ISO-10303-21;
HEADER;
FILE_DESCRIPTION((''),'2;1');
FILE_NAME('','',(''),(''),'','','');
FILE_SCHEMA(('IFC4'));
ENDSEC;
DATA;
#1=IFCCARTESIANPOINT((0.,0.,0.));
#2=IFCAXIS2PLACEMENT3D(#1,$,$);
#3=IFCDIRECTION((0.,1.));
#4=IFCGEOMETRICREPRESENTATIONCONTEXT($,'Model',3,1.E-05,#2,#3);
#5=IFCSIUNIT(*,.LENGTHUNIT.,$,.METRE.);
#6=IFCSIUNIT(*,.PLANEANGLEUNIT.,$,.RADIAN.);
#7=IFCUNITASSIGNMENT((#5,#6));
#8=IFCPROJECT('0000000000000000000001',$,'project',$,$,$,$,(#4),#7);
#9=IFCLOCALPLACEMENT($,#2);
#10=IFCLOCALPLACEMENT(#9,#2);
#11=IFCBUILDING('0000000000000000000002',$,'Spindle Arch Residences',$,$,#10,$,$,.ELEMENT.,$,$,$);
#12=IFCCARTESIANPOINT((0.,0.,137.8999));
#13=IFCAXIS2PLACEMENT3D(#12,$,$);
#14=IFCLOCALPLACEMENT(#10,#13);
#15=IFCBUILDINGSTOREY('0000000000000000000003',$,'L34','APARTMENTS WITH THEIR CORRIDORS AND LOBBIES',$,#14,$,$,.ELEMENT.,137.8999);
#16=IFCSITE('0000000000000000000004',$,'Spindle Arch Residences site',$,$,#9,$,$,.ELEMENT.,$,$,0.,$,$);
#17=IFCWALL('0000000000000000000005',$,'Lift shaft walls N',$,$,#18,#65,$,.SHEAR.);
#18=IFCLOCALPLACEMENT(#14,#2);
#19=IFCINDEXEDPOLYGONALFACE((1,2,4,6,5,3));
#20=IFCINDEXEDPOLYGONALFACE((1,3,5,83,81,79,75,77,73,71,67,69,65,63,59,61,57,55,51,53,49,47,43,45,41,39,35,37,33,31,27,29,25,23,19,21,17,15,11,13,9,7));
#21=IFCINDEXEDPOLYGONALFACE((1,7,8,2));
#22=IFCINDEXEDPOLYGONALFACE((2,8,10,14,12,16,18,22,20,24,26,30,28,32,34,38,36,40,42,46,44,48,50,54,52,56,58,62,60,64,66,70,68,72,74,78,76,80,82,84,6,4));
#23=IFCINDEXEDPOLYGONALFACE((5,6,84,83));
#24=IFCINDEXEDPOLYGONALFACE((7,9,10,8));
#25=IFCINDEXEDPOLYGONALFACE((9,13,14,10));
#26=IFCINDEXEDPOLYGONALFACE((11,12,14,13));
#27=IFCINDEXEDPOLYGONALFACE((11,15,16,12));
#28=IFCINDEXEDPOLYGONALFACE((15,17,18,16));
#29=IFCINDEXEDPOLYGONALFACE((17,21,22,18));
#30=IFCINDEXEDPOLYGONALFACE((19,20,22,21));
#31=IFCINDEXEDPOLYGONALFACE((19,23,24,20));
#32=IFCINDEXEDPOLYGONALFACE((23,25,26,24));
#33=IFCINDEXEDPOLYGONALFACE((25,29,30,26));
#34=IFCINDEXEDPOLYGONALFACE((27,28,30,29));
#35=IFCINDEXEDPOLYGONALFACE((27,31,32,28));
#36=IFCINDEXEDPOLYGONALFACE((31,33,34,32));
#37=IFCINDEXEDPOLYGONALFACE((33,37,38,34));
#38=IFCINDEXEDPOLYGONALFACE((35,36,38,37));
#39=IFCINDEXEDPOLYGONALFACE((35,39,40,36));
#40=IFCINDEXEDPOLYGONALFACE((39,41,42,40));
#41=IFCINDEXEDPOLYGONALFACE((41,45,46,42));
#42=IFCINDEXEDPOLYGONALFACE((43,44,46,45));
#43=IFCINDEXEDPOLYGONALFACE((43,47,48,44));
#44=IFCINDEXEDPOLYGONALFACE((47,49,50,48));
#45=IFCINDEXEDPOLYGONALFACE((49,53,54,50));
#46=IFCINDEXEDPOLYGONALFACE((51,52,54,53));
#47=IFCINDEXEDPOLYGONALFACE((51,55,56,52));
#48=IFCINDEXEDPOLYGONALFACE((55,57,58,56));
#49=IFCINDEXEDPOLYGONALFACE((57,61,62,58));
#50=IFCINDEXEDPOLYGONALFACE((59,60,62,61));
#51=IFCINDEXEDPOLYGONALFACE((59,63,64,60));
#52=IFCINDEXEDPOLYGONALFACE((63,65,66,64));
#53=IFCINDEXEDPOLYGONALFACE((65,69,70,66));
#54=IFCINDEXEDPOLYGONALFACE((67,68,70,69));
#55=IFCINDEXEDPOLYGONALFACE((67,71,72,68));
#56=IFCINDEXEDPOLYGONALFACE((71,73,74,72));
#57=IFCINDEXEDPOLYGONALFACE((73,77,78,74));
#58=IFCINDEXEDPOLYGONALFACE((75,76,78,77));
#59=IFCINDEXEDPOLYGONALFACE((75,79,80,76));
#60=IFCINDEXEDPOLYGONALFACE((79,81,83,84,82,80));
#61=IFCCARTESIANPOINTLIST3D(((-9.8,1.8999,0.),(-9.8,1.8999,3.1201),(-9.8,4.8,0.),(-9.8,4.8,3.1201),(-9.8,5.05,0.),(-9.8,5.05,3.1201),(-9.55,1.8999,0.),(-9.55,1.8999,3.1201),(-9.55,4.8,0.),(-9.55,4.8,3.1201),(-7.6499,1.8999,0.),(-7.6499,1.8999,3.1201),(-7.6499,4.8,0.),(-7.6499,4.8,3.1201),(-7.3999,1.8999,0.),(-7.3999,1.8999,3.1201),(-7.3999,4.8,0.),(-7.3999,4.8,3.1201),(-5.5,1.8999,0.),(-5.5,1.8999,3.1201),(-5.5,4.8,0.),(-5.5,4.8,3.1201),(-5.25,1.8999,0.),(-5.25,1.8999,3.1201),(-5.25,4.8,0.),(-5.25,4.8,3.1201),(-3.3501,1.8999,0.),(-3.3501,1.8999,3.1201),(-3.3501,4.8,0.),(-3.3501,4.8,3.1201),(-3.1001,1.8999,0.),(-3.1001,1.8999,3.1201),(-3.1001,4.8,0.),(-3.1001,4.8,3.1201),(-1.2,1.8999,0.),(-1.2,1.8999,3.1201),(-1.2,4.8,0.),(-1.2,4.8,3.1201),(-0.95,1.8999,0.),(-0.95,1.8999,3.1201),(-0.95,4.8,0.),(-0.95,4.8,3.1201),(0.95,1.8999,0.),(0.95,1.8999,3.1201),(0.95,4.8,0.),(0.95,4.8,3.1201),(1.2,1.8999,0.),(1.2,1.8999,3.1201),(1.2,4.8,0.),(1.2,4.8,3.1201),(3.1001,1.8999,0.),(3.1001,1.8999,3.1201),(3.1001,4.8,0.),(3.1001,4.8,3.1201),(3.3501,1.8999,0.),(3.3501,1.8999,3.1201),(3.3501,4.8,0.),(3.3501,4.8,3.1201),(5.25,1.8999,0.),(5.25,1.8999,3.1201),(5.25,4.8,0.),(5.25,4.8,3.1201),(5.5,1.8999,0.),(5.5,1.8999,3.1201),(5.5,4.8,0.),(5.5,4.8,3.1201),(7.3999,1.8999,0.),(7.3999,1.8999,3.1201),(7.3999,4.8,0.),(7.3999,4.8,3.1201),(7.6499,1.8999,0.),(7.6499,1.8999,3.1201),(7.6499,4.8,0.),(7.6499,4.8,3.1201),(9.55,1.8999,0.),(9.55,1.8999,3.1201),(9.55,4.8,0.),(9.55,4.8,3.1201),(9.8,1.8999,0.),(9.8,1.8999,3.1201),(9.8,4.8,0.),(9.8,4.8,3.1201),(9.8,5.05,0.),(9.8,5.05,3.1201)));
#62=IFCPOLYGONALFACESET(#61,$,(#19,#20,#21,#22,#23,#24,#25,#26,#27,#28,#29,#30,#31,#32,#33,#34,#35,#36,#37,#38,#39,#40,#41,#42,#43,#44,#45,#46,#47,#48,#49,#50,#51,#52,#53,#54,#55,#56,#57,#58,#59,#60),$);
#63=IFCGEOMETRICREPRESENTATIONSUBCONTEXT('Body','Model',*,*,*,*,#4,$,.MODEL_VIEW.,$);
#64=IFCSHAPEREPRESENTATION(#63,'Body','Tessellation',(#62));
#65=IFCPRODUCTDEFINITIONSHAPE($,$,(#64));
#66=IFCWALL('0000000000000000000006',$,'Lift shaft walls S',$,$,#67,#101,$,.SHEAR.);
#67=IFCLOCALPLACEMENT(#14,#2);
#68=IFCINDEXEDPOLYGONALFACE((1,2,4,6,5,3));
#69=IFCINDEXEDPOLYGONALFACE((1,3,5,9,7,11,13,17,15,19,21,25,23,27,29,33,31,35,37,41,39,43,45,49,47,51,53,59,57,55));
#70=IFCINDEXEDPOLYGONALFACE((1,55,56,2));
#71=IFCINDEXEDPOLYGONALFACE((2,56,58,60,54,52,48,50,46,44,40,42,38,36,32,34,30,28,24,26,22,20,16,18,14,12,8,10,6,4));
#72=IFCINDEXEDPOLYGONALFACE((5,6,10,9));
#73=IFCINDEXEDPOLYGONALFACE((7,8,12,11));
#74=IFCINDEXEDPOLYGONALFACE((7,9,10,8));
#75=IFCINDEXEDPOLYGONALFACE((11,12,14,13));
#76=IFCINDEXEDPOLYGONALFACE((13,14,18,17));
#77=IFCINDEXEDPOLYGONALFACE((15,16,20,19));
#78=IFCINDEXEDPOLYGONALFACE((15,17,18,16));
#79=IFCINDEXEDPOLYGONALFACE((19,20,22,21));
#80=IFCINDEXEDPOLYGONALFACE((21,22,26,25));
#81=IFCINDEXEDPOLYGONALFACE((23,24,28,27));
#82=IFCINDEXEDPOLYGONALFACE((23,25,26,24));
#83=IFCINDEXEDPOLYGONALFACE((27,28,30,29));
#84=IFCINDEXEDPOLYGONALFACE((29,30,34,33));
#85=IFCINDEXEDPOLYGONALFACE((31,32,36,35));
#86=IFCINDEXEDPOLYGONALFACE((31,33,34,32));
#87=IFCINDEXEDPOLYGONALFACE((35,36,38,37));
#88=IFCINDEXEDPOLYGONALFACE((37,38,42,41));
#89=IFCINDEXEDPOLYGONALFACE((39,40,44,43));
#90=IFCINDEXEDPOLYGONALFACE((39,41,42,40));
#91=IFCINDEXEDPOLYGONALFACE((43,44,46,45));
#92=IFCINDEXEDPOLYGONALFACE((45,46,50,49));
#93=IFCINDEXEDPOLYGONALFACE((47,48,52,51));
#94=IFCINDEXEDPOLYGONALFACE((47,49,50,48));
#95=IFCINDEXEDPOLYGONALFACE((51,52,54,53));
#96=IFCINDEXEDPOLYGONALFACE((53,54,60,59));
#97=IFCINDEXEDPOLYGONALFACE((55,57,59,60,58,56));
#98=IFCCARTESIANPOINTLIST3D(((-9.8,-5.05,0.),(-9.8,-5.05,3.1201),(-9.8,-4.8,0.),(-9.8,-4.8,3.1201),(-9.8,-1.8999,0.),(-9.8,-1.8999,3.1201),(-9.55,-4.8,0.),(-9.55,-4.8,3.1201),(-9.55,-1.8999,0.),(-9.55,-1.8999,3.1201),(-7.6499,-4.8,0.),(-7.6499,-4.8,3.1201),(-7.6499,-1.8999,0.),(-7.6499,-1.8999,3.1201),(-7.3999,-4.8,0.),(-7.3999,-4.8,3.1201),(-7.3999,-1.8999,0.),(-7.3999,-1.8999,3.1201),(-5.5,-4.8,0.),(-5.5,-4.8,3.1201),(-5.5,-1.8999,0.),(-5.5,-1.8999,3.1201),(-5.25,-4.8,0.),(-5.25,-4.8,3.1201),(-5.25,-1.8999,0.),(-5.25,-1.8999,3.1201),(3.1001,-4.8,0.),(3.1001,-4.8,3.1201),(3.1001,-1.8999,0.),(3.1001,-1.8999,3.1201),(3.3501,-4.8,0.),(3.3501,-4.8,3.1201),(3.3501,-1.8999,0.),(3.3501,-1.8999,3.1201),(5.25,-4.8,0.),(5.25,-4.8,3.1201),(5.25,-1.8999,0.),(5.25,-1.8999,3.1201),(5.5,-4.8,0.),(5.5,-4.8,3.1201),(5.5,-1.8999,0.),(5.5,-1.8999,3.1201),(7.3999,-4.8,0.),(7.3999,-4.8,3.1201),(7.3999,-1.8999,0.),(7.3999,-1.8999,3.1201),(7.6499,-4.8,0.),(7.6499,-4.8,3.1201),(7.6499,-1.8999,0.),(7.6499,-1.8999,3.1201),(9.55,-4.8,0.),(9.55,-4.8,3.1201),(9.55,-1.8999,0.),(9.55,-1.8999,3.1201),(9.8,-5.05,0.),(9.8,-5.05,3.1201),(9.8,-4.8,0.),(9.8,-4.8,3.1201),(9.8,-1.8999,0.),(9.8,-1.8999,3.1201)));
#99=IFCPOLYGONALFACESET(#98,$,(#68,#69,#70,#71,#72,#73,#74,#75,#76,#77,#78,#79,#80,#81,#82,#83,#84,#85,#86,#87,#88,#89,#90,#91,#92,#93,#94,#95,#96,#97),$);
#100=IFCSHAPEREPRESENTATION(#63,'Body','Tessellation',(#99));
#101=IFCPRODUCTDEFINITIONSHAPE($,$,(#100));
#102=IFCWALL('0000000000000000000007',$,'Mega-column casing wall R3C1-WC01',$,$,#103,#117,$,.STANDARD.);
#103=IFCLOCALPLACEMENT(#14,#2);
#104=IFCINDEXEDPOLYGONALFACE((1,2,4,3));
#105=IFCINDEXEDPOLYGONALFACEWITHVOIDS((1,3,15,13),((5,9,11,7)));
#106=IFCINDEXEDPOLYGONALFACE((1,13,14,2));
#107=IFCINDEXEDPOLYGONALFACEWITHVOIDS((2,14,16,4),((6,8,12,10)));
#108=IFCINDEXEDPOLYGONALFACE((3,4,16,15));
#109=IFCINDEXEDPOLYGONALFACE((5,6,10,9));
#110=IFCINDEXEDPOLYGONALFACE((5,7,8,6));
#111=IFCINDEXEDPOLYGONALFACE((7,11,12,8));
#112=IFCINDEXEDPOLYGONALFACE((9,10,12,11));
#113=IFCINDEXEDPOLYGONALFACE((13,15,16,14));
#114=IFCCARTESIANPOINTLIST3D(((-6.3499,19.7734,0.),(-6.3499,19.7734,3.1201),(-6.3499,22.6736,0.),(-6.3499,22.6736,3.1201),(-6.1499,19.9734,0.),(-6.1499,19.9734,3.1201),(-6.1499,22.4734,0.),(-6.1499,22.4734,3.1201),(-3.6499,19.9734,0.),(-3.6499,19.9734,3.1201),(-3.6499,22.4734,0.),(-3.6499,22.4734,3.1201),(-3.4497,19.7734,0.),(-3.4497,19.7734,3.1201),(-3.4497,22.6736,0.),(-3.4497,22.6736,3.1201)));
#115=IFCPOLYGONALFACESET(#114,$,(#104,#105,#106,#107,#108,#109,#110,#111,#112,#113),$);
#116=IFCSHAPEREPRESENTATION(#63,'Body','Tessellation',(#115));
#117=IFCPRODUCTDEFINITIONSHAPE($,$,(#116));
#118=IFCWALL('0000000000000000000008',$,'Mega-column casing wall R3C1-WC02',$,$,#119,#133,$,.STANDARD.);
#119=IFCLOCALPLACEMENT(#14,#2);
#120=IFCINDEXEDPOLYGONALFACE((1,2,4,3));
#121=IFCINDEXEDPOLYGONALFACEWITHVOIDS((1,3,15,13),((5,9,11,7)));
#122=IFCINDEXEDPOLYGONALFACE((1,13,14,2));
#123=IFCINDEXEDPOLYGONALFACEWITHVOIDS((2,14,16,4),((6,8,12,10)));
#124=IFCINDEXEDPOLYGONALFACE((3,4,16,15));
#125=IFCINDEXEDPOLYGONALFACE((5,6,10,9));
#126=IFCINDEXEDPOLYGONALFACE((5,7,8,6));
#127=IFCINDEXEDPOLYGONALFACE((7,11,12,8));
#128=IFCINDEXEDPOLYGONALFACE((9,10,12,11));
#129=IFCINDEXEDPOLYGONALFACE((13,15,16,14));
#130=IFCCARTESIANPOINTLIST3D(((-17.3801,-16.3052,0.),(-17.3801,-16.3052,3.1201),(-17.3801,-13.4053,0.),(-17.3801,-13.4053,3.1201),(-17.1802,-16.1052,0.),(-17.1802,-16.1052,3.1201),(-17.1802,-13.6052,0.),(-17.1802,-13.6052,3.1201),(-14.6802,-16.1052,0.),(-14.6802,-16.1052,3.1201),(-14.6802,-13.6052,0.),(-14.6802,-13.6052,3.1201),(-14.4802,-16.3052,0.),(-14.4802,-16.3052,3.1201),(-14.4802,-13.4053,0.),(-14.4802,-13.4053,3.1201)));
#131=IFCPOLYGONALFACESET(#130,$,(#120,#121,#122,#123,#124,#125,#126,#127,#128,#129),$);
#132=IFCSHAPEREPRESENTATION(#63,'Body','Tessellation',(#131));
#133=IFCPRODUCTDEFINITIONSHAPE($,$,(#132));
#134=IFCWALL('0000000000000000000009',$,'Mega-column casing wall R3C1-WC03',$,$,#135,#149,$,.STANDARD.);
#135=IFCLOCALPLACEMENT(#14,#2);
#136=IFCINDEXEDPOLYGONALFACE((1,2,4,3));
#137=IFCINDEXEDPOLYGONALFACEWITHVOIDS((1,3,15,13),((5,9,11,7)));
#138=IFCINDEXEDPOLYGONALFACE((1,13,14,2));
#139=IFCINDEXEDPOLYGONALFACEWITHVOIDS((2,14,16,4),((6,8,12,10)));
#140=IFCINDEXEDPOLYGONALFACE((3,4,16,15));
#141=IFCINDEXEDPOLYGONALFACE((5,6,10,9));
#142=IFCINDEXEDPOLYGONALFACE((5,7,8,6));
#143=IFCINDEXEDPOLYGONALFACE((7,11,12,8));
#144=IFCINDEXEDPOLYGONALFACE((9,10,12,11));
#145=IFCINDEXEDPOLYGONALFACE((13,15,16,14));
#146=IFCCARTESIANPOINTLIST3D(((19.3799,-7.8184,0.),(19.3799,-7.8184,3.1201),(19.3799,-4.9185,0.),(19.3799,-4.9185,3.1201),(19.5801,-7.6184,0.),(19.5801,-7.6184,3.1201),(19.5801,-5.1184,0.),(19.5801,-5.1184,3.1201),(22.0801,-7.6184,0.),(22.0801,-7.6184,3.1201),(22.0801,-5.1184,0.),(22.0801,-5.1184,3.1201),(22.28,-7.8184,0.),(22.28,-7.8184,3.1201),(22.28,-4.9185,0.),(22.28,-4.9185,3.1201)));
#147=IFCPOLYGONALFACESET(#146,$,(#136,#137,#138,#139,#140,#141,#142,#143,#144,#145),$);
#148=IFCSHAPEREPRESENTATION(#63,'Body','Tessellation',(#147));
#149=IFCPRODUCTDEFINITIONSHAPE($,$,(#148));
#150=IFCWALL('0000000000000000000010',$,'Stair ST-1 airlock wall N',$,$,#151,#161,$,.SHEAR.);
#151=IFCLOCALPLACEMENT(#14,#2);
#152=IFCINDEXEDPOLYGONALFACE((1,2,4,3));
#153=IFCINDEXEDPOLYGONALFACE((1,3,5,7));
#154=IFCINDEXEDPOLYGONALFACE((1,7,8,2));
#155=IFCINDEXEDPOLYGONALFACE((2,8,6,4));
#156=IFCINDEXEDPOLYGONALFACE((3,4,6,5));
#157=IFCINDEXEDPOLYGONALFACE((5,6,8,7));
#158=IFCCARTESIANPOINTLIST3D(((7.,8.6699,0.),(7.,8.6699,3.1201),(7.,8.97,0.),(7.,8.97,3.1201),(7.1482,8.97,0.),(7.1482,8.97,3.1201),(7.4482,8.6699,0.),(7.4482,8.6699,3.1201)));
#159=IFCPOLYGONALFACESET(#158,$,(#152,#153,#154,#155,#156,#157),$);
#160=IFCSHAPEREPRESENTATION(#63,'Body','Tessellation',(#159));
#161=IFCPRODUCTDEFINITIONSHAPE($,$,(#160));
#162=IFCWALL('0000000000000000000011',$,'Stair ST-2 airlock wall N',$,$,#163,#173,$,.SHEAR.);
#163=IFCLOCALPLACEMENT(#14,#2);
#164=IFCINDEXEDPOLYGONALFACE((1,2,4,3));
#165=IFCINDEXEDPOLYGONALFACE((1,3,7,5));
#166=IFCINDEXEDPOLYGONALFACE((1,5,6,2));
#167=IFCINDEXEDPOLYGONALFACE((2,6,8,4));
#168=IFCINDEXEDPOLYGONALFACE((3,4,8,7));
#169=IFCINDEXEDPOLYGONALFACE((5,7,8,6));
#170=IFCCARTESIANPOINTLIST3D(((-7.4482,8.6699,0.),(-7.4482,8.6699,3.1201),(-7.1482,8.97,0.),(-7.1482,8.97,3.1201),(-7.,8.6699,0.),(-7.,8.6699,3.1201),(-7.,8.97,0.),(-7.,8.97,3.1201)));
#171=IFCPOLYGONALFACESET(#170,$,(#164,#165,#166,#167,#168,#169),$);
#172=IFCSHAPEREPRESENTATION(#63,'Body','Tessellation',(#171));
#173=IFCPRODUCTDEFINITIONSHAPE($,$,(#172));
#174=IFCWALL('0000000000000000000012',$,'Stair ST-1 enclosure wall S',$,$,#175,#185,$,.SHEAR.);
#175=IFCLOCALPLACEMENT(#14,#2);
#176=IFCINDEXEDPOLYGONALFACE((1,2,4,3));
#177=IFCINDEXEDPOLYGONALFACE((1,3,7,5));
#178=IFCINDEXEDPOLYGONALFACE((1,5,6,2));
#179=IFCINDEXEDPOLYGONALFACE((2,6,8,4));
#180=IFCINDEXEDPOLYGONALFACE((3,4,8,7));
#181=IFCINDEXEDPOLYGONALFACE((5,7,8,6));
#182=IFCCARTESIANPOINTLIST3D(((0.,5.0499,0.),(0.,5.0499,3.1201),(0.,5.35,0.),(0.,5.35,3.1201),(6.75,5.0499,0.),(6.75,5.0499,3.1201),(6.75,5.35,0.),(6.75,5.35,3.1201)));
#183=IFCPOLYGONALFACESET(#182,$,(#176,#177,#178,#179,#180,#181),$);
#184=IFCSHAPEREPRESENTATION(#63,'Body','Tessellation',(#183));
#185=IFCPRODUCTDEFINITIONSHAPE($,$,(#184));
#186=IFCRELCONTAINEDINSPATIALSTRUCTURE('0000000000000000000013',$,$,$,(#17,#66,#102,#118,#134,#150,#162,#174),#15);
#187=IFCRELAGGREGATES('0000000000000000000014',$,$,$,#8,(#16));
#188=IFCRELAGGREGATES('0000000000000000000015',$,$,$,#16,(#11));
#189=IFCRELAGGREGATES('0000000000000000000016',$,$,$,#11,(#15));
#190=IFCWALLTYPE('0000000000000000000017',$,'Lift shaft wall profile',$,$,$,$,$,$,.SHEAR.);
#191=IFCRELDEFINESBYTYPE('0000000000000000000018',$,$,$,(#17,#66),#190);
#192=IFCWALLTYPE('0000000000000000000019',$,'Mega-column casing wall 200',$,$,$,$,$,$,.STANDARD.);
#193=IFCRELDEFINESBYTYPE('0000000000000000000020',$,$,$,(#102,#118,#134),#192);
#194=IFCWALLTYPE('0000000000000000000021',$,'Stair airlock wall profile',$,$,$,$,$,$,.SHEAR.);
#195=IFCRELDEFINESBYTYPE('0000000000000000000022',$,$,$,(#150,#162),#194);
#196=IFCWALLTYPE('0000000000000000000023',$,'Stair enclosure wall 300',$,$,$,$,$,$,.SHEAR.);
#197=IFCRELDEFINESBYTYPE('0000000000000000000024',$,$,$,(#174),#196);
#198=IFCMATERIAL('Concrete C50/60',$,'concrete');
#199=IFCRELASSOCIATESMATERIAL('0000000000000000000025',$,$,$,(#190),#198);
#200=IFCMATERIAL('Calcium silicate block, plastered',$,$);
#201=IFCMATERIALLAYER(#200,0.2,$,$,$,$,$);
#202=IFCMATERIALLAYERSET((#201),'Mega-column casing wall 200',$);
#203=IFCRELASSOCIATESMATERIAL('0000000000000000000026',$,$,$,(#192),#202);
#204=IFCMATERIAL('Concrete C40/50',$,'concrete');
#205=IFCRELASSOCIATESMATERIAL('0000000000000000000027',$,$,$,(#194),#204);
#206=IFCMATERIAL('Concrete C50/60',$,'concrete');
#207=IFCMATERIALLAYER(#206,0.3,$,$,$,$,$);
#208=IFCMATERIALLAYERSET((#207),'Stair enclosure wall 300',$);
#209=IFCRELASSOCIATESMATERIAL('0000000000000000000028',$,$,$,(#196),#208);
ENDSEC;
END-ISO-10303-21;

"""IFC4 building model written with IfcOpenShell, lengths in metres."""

from ifc_helpers import new_model, si_unit, direction, frame, frame_2d, origin, place, context, subcontext, project, spatial, polyline, rectangle, outline, extrude, material, layer, layer_set, type_object, element, save


model = new_model("IFC4")

# Units and contexts
model_context = context("Model", 3, precision=1e-05, world=origin(), true_north=direction((0.0, 1.0)))
body_context = subcontext(model_context, "Body", "Model", "MODEL_VIEW")
ifc_project = project(units=[si_unit("LENGTHUNIT", "METRE"), si_unit("PLANEANGLEUNIT", "RADIAN")], contexts=[model_context])

# Site, building, storey
site_placement = place(None, origin())
site = spatial("IfcSite", under=ifc_project, at=site_placement, Name="Spindle Arch Residences site", CompositionType="ELEMENT", RefElevation=0.0)
building_placement = place(site_placement, origin())
building = spatial("IfcBuilding", under=site, at=building_placement, Name="Spindle Arch Residences", CompositionType="ELEMENT")
storey_placement = place(building_placement, frame((0.0, 0.0, 137.8999)))
storey = spatial("IfcBuildingStorey", under=building, at=storey_placement, Name="L34", Description="APARTMENTS WITH THEIR CORRIDORS AND LOBBIES", CompositionType="ELEMENT", Elevation=137.8999)

# Walls
ifc_material_1 = material(Name="Concrete C50/60", Category="concrete")
wall_type_1 = type_object("IfcWallType", Name="Lift shaft wall profile", PredefinedType="SHEAR", material=ifc_material_1)
wall_1_placement = place(storey_placement, origin())
element("IfcWall", 1, at=wall_1_placement, inside=storey, type_object=wall_type_1, Name="Lift shaft walls N", PredefinedType="SHEAR", context=body_context, shape_type="SweptSolid", body=[
    extrude(outline(polyline([(-9.55, 4.8), (-7.6499, 4.8), (-7.6499, 1.8999), (-7.3999, 1.8999), (-7.3999, 4.8), (-5.5, 4.8), (-5.5, 1.8999), (-5.25, 1.8999), (-5.25, 4.8), (-3.3501, 4.8), (-3.3501, 1.8999), (-3.1001, 1.8999), (-3.1001, 4.8), (-1.2, 4.8), (-1.2, 1.8999), (-0.95, 1.8999), (-0.95, 4.8), (0.95, 4.8), (0.95, 1.8999), (1.2, 1.8999), (1.2, 4.8), (3.1001, 4.8), (3.1001, 1.8999), (3.3501, 1.8999), (3.3501, 4.8), (5.25, 4.8), (5.25, 1.8999), (5.5, 1.8999), (5.5, 4.8), (7.3999, 4.8), (7.3999, 1.8999), (7.6499, 1.8999), (7.6499, 4.8), (9.55, 4.8), (9.55, 1.8999), (9.8, 1.8999), (9.8, 4.8), (9.8, 5.05), (-9.8, 5.05), (-9.8, 4.8), (-9.8, 1.8999), (-9.55, 1.8999), (-9.55, 4.8)])), origin(), (0.0, 0.0, 1.0), 3.1201),
])
wall_2_placement = place(storey_placement, origin())
element("IfcWall", 2, at=wall_2_placement, inside=storey, type_object=wall_type_1, Name="Lift shaft walls S", PredefinedType="SHEAR", context=body_context, shape_type="SweptSolid", body=[
    extrude(outline(polyline([(9.8, -5.05), (9.8, -4.8), (9.8, -1.8999), (9.55, -1.8999), (9.55, -4.8), (7.6499, -4.8), (7.6499, -1.8999), (7.3999, -1.8999), (7.3999, -4.8), (5.5, -4.8), (5.5, -1.8999), (5.25, -1.8999), (5.25, -4.8), (3.3501, -4.8), (3.3501, -1.8999), (3.1001, -1.8999), (3.1001, -4.8), (-5.25, -4.8), (-5.25, -1.8999), (-5.5, -1.8999), (-5.5, -4.8), (-7.3999, -4.8), (-7.3999, -1.8999), (-7.6499, -1.8999), (-7.6499, -4.8), (-9.55, -4.8), (-9.55, -1.8999), (-9.8, -1.8999), (-9.8, -4.8), (-9.8, -5.05), (9.8, -5.05)])), origin(), (0.0, 0.0, 1.0), 3.1201),
])
ifc_material_2 = material(Name="Calcium silicate block, plastered")
ifc_layer_1 = layer(ifc_material_2, 0.2)
ifc_layer_set_1 = layer_set([ifc_layer_1], Name="Mega-column casing wall 200")
wall_type_2 = type_object("IfcWallType", Name="Mega-column casing wall 200", PredefinedType="STANDARD", material=ifc_layer_set_1)
wall_3_placement = place(storey_placement, origin())
element("IfcWall", 3, at=wall_3_placement, inside=storey, type_object=wall_type_2, Name="Mega-column casing wall R3C1-WC01", PredefinedType="STANDARD", context=body_context, shape_type="SweptSolid", body=[
    extrude(outline(polyline([(-3.4497, 22.6736), (-3.4497, 19.7734), (-6.3499, 19.7734), (-6.3499, 22.6736), (-3.4497, 22.6736)]), holes=[polyline([(-6.1499, 19.9734), (-3.6499, 19.9734), (-3.6499, 22.4734), (-6.1499, 22.4734), (-6.1499, 19.9734)])]), origin(), (0.0, 0.0, 1.0), 3.1201),
])
wall_4_placement = place(storey_placement, origin())
element("IfcWall", 4, at=wall_4_placement, inside=storey, type_object=wall_type_2, Name="Mega-column casing wall R3C1-WC02", PredefinedType="STANDARD", context=body_context, shape_type="SweptSolid", body=[
    extrude(outline(polyline([(-14.4802, -13.4053), (-14.4802, -16.3052), (-17.3801, -16.3052), (-17.3801, -13.4053), (-14.4802, -13.4053)]), holes=[polyline([(-17.1802, -16.1052), (-14.6802, -16.1052), (-14.6802, -13.6052), (-17.1802, -13.6052), (-17.1802, -16.1052)])]), origin(), (0.0, 0.0, 1.0), 3.1201),
])
wall_5_placement = place(storey_placement, origin())
element("IfcWall", 5, at=wall_5_placement, inside=storey, type_object=wall_type_2, Name="Mega-column casing wall R3C1-WC03", PredefinedType="STANDARD", context=body_context, shape_type="SweptSolid", body=[
    extrude(outline(polyline([(22.28, -4.9185), (22.28, -7.8184), (19.3799, -7.8184), (19.3799, -4.9185), (22.28, -4.9185)]), holes=[polyline([(19.5801, -7.6184), (22.0801, -7.6184), (22.0801, -5.1184), (19.5801, -5.1184), (19.5801, -7.6184)])]), origin(), (0.0, 0.0, 1.0), 3.1201),
])
ifc_material_3 = material(Name="Concrete C40/50", Category="concrete")
wall_type_3 = type_object("IfcWallType", Name="Stair airlock wall profile", PredefinedType="SHEAR", material=ifc_material_3)
wall_6_placement = place(storey_placement, origin())
element("IfcWall", 6, at=wall_6_placement, inside=storey, type_object=wall_type_3, Name="Stair ST-1 airlock wall N", PredefinedType="SHEAR", context=body_context, shape_type="SweptSolid", body=[
    extrude(outline(polyline([(7.4482, 8.6699), (7.0, 8.6699), (7.0, 8.97), (7.1482, 8.97), (7.4482, 8.6699)])), origin(), (0.0, 0.0, 1.0), 3.1201),
])
wall_7_placement = place(storey_placement, origin())
element("IfcWall", 7, at=wall_7_placement, inside=storey, type_object=wall_type_3, Name="Stair ST-2 airlock wall N", PredefinedType="SHEAR", context=body_context, shape_type="SweptSolid", body=[
    extrude(outline(polyline([(-7.1482, 8.97), (-7.0, 8.97), (-7.0, 8.6699), (-7.4482, 8.6699), (-7.1482, 8.97)])), origin(), (0.0, 0.0, 1.0), 3.1201),
])
ifc_material_4 = material(Name="Concrete C50/60", Category="concrete")
ifc_layer_2 = layer(ifc_material_4, 0.3)
ifc_layer_set_2 = layer_set([ifc_layer_2], Name="Stair enclosure wall 300")
wall_type_4 = type_object("IfcWallType", Name="Stair enclosure wall 300", PredefinedType="SHEAR", material=ifc_layer_set_2)
wall_8_placement = place(storey_placement, frame((0.0, 5.2, 0.0), z_axis=(0.0, 0.0, 1.0), x_axis=(1.0, 0.0, 0.0)))
element("IfcWall", 8, at=wall_8_placement, inside=storey, type_object=wall_type_4, Name="Stair ST-1 enclosure wall S", PredefinedType="SHEAR", context=body_context, shape_type="SweptSolid", body=[
    extrude(rectangle(XDim=6.75, YDim=0.3, at=frame_2d((3.375, 0.0))), origin(), (0.0, 0.0, 1.0), 3.1201),
])

save(model, "model.ifc")
